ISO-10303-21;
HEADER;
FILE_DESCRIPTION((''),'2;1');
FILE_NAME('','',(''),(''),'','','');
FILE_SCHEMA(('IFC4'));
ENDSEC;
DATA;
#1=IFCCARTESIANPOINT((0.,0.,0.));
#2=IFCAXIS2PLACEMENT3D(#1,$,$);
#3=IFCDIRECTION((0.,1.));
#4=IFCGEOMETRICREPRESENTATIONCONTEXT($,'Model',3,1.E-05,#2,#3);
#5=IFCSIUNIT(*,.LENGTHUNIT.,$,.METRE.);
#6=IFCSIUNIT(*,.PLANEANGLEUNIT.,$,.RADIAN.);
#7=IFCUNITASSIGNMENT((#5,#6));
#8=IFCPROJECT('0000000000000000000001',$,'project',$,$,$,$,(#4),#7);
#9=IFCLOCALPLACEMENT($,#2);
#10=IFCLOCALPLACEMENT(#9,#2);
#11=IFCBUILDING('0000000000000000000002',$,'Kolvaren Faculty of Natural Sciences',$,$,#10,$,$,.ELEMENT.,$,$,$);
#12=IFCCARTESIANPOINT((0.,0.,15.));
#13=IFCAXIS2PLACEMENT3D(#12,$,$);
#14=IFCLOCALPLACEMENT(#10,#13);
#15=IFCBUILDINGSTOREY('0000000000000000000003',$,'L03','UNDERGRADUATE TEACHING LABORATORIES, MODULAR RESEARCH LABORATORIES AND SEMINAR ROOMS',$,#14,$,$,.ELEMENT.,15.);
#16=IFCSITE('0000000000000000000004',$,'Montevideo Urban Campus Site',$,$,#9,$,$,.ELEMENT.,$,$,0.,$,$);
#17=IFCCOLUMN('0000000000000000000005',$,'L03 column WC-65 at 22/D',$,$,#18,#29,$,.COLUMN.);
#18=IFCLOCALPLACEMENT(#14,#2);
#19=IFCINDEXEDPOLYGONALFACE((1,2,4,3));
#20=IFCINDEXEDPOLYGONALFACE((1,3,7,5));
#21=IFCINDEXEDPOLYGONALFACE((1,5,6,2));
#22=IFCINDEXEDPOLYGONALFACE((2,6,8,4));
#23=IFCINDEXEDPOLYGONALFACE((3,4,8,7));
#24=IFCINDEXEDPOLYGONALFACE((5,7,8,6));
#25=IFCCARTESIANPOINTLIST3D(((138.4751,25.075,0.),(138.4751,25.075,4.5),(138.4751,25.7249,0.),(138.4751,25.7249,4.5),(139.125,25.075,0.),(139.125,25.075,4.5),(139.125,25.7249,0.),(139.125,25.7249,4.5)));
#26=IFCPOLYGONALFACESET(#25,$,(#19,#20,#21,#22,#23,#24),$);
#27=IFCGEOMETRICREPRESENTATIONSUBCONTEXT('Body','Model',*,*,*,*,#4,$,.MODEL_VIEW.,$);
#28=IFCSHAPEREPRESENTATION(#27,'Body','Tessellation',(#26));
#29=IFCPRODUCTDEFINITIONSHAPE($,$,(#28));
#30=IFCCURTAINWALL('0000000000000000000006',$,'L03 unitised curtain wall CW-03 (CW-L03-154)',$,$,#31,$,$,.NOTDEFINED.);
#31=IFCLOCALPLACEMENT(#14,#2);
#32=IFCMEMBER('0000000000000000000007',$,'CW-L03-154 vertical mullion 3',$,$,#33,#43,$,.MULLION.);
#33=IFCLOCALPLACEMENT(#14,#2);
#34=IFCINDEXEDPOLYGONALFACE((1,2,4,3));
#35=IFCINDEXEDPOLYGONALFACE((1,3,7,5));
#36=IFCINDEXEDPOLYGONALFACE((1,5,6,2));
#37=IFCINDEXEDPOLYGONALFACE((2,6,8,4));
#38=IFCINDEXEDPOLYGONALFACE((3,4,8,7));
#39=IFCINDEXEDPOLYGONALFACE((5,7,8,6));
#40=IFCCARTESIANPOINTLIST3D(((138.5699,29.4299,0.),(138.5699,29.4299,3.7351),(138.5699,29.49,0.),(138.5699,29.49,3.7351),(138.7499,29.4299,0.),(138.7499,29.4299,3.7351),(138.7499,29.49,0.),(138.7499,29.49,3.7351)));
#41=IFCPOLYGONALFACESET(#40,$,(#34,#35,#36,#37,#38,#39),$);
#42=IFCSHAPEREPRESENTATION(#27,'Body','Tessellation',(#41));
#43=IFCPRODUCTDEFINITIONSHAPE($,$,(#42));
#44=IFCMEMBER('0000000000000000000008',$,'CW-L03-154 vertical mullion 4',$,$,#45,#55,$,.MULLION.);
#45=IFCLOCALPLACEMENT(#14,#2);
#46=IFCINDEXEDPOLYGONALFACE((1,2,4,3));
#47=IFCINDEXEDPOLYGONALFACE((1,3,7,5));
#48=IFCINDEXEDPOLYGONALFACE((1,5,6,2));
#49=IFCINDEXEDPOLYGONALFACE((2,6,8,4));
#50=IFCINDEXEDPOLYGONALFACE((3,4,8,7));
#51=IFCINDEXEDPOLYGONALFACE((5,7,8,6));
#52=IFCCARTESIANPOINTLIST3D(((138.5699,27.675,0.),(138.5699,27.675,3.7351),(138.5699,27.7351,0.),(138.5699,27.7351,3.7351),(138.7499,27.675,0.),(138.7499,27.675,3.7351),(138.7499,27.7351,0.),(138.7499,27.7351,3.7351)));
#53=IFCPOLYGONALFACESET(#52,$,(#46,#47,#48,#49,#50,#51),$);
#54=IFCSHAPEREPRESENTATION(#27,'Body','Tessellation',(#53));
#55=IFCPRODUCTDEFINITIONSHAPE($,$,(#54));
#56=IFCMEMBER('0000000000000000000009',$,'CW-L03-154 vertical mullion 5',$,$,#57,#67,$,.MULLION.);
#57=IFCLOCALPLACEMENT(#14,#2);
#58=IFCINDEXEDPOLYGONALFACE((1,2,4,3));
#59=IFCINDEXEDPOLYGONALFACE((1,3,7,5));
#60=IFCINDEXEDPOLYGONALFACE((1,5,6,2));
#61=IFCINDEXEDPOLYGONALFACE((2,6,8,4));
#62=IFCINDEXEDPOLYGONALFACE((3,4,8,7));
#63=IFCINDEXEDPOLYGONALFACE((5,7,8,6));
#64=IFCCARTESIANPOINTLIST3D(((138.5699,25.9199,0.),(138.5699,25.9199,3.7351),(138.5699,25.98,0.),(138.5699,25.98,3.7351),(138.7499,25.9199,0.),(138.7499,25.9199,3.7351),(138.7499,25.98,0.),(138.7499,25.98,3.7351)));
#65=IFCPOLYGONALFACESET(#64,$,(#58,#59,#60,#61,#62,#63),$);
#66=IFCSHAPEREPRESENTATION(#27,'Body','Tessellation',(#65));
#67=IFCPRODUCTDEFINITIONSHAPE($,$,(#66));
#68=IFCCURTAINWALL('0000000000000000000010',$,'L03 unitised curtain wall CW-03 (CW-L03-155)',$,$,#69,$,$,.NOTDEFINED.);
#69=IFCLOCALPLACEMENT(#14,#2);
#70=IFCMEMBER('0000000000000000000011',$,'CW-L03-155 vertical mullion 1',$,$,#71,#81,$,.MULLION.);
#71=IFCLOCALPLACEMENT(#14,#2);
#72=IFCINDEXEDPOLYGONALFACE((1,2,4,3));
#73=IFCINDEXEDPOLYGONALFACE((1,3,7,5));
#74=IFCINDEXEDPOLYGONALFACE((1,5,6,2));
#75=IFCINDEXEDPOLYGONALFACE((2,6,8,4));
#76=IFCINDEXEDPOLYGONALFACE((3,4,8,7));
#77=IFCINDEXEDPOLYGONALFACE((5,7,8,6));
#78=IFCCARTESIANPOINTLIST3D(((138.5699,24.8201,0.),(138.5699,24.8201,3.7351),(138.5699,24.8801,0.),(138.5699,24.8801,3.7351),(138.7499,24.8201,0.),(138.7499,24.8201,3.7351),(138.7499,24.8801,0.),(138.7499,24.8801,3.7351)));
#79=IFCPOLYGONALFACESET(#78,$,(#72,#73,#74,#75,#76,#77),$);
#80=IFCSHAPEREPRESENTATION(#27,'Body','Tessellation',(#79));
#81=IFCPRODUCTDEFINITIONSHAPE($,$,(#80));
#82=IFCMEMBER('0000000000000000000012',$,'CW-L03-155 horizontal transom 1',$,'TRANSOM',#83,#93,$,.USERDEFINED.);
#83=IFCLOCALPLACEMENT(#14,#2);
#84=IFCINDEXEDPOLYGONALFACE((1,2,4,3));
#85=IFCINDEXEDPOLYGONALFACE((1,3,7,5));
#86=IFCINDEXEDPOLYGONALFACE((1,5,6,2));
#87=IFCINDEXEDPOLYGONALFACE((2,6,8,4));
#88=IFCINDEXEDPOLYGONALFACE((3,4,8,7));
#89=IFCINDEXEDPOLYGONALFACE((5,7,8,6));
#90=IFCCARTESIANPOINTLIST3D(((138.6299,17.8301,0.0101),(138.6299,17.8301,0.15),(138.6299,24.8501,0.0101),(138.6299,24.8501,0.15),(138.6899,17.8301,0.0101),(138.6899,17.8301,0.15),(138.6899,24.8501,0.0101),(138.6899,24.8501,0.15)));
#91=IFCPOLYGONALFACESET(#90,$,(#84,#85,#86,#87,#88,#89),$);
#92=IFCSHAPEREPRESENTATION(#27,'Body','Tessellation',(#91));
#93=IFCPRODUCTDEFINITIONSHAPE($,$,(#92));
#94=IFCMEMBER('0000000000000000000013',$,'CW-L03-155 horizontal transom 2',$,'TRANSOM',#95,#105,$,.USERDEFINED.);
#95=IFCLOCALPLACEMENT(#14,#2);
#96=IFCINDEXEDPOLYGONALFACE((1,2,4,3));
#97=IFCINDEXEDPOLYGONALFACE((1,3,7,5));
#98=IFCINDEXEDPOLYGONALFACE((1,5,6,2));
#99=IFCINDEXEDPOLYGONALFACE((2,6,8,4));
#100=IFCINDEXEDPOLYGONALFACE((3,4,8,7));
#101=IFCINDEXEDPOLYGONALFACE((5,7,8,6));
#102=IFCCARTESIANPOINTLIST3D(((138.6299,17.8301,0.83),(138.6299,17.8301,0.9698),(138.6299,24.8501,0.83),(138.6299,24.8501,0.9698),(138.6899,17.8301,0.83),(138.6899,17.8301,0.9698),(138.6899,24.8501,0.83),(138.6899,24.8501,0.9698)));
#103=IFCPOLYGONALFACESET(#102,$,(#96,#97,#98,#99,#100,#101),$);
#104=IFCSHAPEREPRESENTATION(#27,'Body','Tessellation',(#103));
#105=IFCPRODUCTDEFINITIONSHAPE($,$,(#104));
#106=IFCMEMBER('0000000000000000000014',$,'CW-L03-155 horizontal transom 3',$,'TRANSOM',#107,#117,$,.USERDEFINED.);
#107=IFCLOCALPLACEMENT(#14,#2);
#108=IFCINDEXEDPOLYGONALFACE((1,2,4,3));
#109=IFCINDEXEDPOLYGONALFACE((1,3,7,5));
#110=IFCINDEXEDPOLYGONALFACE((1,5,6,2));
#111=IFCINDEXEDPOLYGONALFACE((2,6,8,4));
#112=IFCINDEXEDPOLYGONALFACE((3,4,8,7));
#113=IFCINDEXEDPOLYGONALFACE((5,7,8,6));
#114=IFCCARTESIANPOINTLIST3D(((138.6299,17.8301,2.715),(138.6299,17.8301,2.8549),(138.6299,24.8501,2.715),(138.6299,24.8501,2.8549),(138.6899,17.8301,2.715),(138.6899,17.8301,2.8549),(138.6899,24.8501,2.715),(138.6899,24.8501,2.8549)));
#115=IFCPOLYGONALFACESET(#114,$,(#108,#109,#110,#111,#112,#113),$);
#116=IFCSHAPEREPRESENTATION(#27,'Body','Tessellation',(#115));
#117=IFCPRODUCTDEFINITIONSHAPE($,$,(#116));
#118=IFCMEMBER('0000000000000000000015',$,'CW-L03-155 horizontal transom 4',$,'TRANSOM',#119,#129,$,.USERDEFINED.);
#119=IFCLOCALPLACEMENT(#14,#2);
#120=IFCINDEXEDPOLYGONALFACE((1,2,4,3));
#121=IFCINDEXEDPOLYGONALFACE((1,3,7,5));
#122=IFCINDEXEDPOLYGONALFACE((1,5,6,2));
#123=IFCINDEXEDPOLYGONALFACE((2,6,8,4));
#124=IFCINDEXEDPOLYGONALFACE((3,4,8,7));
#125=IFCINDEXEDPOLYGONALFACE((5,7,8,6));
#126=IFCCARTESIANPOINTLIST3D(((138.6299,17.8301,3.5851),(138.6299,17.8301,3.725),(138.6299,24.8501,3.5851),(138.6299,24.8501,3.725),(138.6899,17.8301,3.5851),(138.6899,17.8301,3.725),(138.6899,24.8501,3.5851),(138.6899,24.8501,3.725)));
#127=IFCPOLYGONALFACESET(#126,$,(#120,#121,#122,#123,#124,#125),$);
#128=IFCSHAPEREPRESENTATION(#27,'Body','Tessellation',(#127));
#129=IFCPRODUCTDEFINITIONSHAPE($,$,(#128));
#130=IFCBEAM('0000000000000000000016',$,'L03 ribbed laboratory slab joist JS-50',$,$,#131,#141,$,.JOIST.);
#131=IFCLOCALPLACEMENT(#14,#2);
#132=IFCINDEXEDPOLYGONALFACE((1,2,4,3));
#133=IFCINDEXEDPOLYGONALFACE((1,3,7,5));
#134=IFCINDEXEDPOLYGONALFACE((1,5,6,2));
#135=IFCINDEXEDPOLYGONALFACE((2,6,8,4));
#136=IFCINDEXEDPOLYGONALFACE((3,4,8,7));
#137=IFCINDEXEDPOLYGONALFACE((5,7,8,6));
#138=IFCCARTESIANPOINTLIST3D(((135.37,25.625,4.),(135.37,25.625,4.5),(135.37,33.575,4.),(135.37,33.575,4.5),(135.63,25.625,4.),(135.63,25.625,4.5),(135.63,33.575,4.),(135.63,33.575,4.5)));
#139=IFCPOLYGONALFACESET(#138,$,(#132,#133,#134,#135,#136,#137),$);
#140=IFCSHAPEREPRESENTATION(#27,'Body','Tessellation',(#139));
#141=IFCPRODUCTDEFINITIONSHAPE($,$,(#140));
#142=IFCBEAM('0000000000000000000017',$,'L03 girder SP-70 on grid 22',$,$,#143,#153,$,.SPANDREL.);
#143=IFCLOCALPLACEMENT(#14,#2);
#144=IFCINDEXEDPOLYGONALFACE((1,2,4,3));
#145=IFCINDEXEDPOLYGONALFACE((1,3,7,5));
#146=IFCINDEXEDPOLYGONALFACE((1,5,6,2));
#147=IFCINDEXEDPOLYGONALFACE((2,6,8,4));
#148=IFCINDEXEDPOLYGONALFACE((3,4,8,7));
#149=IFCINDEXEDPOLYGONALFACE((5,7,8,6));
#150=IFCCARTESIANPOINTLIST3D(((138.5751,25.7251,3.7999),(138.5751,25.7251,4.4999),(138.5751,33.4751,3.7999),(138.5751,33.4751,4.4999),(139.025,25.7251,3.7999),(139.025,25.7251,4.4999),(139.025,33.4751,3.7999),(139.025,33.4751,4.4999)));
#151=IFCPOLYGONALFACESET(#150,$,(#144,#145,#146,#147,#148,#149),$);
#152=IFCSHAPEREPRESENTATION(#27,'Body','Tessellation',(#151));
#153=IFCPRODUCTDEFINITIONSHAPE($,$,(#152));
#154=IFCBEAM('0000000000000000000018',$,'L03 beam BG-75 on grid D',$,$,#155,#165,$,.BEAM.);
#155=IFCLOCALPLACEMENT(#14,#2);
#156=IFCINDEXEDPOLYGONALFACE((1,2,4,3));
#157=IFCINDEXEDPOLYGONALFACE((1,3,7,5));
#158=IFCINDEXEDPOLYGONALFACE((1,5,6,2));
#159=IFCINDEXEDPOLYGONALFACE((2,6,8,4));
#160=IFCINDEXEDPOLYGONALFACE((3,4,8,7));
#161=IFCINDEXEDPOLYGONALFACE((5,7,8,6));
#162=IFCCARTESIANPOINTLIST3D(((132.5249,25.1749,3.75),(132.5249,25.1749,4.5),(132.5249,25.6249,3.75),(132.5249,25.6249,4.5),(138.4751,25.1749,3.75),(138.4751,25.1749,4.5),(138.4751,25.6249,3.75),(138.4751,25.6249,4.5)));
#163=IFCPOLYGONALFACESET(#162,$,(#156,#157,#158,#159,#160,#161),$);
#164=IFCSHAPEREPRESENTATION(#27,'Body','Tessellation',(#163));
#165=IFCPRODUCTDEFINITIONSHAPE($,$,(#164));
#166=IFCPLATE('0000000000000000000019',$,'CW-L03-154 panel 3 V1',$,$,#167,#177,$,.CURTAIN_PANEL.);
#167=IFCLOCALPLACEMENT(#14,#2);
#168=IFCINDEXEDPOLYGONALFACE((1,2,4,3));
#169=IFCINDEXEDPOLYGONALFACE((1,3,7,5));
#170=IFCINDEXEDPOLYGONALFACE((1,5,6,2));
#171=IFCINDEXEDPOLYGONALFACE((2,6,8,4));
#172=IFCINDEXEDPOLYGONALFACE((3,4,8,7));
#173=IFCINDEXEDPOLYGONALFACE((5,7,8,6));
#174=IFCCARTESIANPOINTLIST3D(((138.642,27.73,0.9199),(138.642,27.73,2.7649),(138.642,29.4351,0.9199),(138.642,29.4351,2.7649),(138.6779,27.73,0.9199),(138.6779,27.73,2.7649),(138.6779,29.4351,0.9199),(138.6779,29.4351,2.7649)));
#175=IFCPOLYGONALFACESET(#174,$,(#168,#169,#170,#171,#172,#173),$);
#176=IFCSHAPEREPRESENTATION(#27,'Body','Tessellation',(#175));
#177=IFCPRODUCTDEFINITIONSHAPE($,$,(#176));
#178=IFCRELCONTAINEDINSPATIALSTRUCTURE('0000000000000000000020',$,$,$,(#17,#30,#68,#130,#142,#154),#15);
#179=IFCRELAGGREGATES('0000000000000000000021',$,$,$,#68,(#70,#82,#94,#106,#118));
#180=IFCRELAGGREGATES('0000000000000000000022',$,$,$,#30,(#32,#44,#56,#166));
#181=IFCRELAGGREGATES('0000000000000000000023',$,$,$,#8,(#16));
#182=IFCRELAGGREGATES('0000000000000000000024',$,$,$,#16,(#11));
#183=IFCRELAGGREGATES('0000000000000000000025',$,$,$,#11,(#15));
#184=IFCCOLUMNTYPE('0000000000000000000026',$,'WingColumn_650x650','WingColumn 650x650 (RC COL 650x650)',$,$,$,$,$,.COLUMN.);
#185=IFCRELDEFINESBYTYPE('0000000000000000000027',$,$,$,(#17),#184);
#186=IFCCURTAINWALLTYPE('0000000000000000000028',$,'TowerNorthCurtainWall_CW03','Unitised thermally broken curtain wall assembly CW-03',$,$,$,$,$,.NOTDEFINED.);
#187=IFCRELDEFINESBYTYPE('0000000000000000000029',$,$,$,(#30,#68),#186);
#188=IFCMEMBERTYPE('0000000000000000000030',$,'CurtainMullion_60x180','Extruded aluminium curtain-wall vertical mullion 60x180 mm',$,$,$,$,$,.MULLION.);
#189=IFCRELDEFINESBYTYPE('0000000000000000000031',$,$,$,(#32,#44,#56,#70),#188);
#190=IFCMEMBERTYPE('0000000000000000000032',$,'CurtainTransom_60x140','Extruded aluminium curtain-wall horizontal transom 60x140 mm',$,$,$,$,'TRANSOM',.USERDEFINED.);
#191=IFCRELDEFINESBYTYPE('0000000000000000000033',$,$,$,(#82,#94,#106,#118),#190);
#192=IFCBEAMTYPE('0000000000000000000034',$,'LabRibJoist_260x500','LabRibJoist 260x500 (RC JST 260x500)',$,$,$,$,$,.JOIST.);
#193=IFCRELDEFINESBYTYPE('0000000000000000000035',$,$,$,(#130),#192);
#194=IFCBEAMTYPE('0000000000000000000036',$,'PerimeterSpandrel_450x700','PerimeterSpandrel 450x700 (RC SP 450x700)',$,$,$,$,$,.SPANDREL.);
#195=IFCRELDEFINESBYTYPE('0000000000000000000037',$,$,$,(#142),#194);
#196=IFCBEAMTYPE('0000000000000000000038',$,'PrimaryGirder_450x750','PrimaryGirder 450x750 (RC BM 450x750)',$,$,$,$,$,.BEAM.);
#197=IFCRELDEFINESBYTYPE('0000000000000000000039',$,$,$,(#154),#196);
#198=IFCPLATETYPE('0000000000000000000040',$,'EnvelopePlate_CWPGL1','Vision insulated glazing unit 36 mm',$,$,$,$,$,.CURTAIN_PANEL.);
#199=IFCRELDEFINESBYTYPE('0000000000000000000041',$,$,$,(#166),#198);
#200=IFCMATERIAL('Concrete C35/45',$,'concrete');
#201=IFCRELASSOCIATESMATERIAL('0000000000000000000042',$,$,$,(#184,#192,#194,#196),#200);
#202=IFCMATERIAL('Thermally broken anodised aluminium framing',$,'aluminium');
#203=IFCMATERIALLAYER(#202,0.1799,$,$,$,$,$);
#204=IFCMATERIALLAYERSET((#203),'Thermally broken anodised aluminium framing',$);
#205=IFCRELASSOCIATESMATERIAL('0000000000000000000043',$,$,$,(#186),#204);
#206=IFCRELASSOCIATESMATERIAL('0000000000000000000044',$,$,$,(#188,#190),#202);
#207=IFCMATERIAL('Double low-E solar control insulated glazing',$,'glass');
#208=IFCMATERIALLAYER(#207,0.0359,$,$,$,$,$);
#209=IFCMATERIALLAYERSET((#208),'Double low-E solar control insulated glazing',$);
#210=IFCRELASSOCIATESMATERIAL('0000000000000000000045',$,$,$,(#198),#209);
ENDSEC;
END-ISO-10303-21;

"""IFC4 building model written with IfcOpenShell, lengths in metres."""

from ifc_helpers import new_model, si_unit, direction, frame, origin, origin_2d, place, context, subcontext, project, spatial, rectangle, extrude, material, layer, layer_set, material_profile, profile_set, type_object, element, aggregate, save


model = new_model("IFC4")

# Units and contexts
model_context = context("Model", 3, precision=1e-05, world=origin(), true_north=direction((0.0, 1.0)))
body_context = subcontext(model_context, "Body", "Model", "MODEL_VIEW")
ifc_project = project(units=[si_unit("LENGTHUNIT", "METRE"), si_unit("PLANEANGLEUNIT", "RADIAN")], contexts=[model_context])

# Site, building, storey
site_placement = place(None, origin())
site = spatial("IfcSite", under=ifc_project, at=site_placement, Name="Montevideo Urban Campus Site", CompositionType="ELEMENT", RefElevation=0.0)
building_placement = place(site_placement, origin())
building = spatial("IfcBuilding", under=site, at=building_placement, Name="Kolvaren Faculty of Natural Sciences", CompositionType="ELEMENT")
storey_placement = place(building_placement, frame((0.0, 0.0, 15.0)))
storey = spatial("IfcBuildingStorey", under=building, at=storey_placement, Name="L03", Description="UNDERGRADUATE TEACHING LABORATORIES, MODULAR RESEARCH LABORATORIES AND SEMINAR ROOMS", CompositionType="ELEMENT", Elevation=15.0)

# Column
ifc_material_1 = material(Name="Concrete C35/45", Category="concrete")
ifc_material_profile_1 = material_profile(ifc_material_1, rectangle(XDim=0.6499, YDim=0.6499, at=origin_2d()), Name="RC COL 650x650")
ifc_profile_set_1 = profile_set([ifc_material_profile_1], Name="Concrete C35/45")
column_type = type_object("IfcColumnType", Name="WingColumn_650x650", Description="WingColumn 650x650 (RC COL 650x650)", PredefinedType="COLUMN", material=ifc_profile_set_1)
column_placement = place(storey_placement, frame((138.8, 25.3999, 0.0), z_axis=(0.0, 0.0, 1.0), x_axis=(1.0, 0.0, 0.0)))
element("IfcColumn", 1, at=column_placement, inside=storey, type_object=column_type, Name="L03 column WC-65 at 22/D", PredefinedType="COLUMN", context=body_context, shape_type="SweptSolid", body=[
    extrude(rectangle(XDim=0.6499, YDim=0.6499, at=origin_2d()), origin(), (0.0, 0.0, 1.0), 4.5),
])

# Curtain walls, members
ifc_material_2 = material(Name="Thermally broken anodised aluminium framing", Category="aluminium")
ifc_layer_1 = layer(ifc_material_2, 0.1799)
ifc_layer_set_1 = layer_set([ifc_layer_1], Name="Thermally broken anodised aluminium framing")
curtain_wall_type = type_object("IfcCurtainWallType", Name="TowerNorthCurtainWall_CW03", Description="Unitised thermally broken curtain wall assembly CW-03", PredefinedType="NOTDEFINED", material=ifc_layer_set_1)
curtain_wall_1_placement = place(storey_placement, origin())
curtain_wall_1 = element("IfcCurtainWall", 2, at=curtain_wall_1_placement, inside=storey, type_object=curtain_wall_type, Name="L03 unitised curtain wall CW-03 (CW-L03-154)", PredefinedType="NOTDEFINED")
ifc_material_profile_2 = material_profile(ifc_material_2, rectangle(XDim=0.0601, YDim=0.1799, at=origin_2d()), Name="ALU MUL 60x180")
ifc_profile_set_2 = profile_set([ifc_material_profile_2], Name="Thermally broken anodised aluminium framing")
member_type_1 = type_object("IfcMemberType", Name="CurtainMullion_60x180", Description="Extruded aluminium curtain-wall vertical mullion 60x180 mm", PredefinedType="MULLION", material=ifc_profile_set_2)
member_1_placement = place(storey_placement, frame((138.6599, 29.46, 0.0), z_axis=(0.0, 0.0, 1.0), x_axis=(0.0, -1.0, 0.0)))
member_1 = element("IfcMember", 3, at=member_1_placement, type_object=member_type_1, Name="CW-L03-154 vertical mullion 3", PredefinedType="MULLION", context=body_context, shape_type="SweptSolid", body=[
    extrude(rectangle(XDim=0.0601, YDim=0.1799, at=origin_2d()), origin(), (0.0, 0.0, 1.0), 3.7351),
])
member_2_placement = place(storey_placement, frame((138.6599, 27.7051, 0.0), z_axis=(0.0, 0.0, 1.0), x_axis=(0.0, -1.0, 0.0)))
member_2 = element("IfcMember", 4, at=member_2_placement, type_object=member_type_1, Name="CW-L03-154 vertical mullion 4", PredefinedType="MULLION", context=body_context, shape_type="SweptSolid", body=[
    extrude(rectangle(XDim=0.0601, YDim=0.1799, at=origin_2d()), origin(), (0.0, 0.0, 1.0), 3.7351),
])
member_3_placement = place(storey_placement, frame((138.6599, 25.95, 0.0), z_axis=(0.0, 0.0, 1.0), x_axis=(0.0, -1.0, 0.0)))
member_3 = element("IfcMember", 5, at=member_3_placement, type_object=member_type_1, Name="CW-L03-154 vertical mullion 5", PredefinedType="MULLION", context=body_context, shape_type="SweptSolid", body=[
    extrude(rectangle(XDim=0.0601, YDim=0.1799, at=origin_2d()), origin(), (0.0, 0.0, 1.0), 3.7351),
])
curtain_wall_2_placement = place(storey_placement, origin())
curtain_wall_2 = element("IfcCurtainWall", 6, at=curtain_wall_2_placement, inside=storey, type_object=curtain_wall_type, Name="L03 unitised curtain wall CW-03 (CW-L03-155)", PredefinedType="NOTDEFINED")
member_4_placement = place(storey_placement, frame((138.6599, 24.8501, 0.0), z_axis=(0.0, 0.0, 1.0), x_axis=(0.0, -1.0, 0.0)))
member_4 = element("IfcMember", 7, at=member_4_placement, type_object=member_type_1, Name="CW-L03-155 vertical mullion 1", PredefinedType="MULLION", context=body_context, shape_type="SweptSolid", body=[
    extrude(rectangle(XDim=0.0601, YDim=0.1799, at=origin_2d()), origin(), (0.0, 0.0, 1.0), 3.7351),
])
ifc_material_profile_3 = material_profile(ifc_material_2, rectangle(XDim=0.0601, YDim=0.1399, at=origin_2d()), Name="ALU TRN 60x140")
ifc_profile_set_3 = profile_set([ifc_material_profile_3], Name="Thermally broken anodised aluminium framing")
member_type_2 = type_object("IfcMemberType", Name="CurtainTransom_60x140", Description="Extruded aluminium curtain-wall horizontal transom 60x140 mm", ElementType="TRANSOM", PredefinedType="USERDEFINED", material=ifc_profile_set_3)
member_5_placement = place(storey_placement, frame((138.6599, 24.8501, 0.0801), z_axis=(0.0, -1.0, 0.0), x_axis=(1.0, 0.0, 0.0)))
member_5 = element("IfcMember", 8, at=member_5_placement, type_object=member_type_2, Name="CW-L03-155 horizontal transom 1", ObjectType="TRANSOM", PredefinedType="USERDEFINED", context=body_context, shape_type="SweptSolid", body=[
    extrude(rectangle(XDim=0.0601, YDim=0.1399, at=origin_2d()), origin(), (0.0, 0.0, 1.0), 7.02),
])
member_6_placement = place(storey_placement, frame((138.6599, 24.8501, 0.8999), z_axis=(0.0, -1.0, 0.0), x_axis=(1.0, 0.0, 0.0)))
member_6 = element("IfcMember", 9, at=member_6_placement, type_object=member_type_2, Name="CW-L03-155 horizontal transom 2", ObjectType="TRANSOM", PredefinedType="USERDEFINED", context=body_context, shape_type="SweptSolid", body=[
    extrude(rectangle(XDim=0.0601, YDim=0.1399, at=origin_2d()), origin(), (0.0, 0.0, 1.0), 7.02),
])
member_7_placement = place(storey_placement, frame((138.6599, 24.8501, 2.7849), z_axis=(0.0, -1.0, 0.0), x_axis=(1.0, 0.0, 0.0)))
member_7 = element("IfcMember", 10, at=member_7_placement, type_object=member_type_2, Name="CW-L03-155 horizontal transom 3", ObjectType="TRANSOM", PredefinedType="USERDEFINED", context=body_context, shape_type="SweptSolid", body=[
    extrude(rectangle(XDim=0.0601, YDim=0.1399, at=origin_2d()), origin(), (0.0, 0.0, 1.0), 7.02),
])
member_8_placement = place(storey_placement, frame((138.6599, 24.8501, 3.655), z_axis=(0.0, -1.0, 0.0), x_axis=(1.0, 0.0, 0.0)))
member_8 = element("IfcMember", 11, at=member_8_placement, type_object=member_type_2, Name="CW-L03-155 horizontal transom 4", ObjectType="TRANSOM", PredefinedType="USERDEFINED", context=body_context, shape_type="SweptSolid", body=[
    extrude(rectangle(XDim=0.0601, YDim=0.1399, at=origin_2d()), origin(), (0.0, 0.0, 1.0), 7.02),
])

# Beams
ifc_material_profile_4 = material_profile(ifc_material_1, rectangle(XDim=0.26, YDim=0.5, at=origin_2d()), Name="RC JST 260x500")
ifc_profile_set_4 = profile_set([ifc_material_profile_4], Name="Concrete C35/45")
beam_type_1 = type_object("IfcBeamType", Name="LabRibJoist_260x500", Description="LabRibJoist 260x500 (RC JST 260x500)", PredefinedType="JOIST", material=ifc_profile_set_4)
beam_1_placement = place(storey_placement, frame((135.5, 25.625, 4.25), z_axis=(0.0, 1.0, 0.0), x_axis=(-1.0, 0.0, 0.0)))
element("IfcBeam", 12, at=beam_1_placement, inside=storey, type_object=beam_type_1, Name="L03 ribbed laboratory slab joist JS-50", PredefinedType="JOIST", context=body_context, shape_type="SweptSolid", body=[
    extrude(rectangle(XDim=0.26, YDim=0.5, at=origin_2d()), origin(), (0.0, 0.0, 1.0), 7.95),
])
ifc_material_profile_5 = material_profile(ifc_material_1, rectangle(XDim=0.45, YDim=0.7, at=origin_2d()), Name="RC SP 450x700")
ifc_profile_set_5 = profile_set([ifc_material_profile_5], Name="Concrete C35/45")
beam_type_2 = type_object("IfcBeamType", Name="PerimeterSpandrel_450x700", Description="PerimeterSpandrel 450x700 (RC SP 450x700)", PredefinedType="SPANDREL", material=ifc_profile_set_5)
beam_2_placement = place(storey_placement, frame((138.8, 25.7251, 4.1499), z_axis=(0.0, 1.0, 0.0), x_axis=(-1.0, 0.0, 0.0)))
element("IfcBeam", 13, at=beam_2_placement, inside=storey, type_object=beam_type_2, Name="L03 girder SP-70 on grid 22", PredefinedType="SPANDREL", context=body_context, shape_type="SweptSolid", body=[
    extrude(rectangle(XDim=0.45, YDim=0.7, at=origin_2d()), origin(), (0.0, 0.0, 1.0), 7.75),
])
ifc_material_profile_6 = material_profile(ifc_material_1, rectangle(XDim=0.45, YDim=0.75, at=origin_2d()), Name="RC BM 450x750")
ifc_profile_set_6 = profile_set([ifc_material_profile_6], Name="Concrete C35/45")
beam_type_3 = type_object("IfcBeamType", Name="PrimaryGirder_450x750", Description="PrimaryGirder 450x750 (RC BM 450x750)", PredefinedType="BEAM", material=ifc_profile_set_6)
beam_3_placement = place(storey_placement, frame((132.5249, 25.3999, 4.125), z_axis=(1.0, 0.0, 0.0), x_axis=(0.0, 1.0, 0.0)))
element("IfcBeam", 14, at=beam_3_placement, inside=storey, type_object=beam_type_3, Name="L03 beam BG-75 on grid D", PredefinedType="BEAM", context=body_context, shape_type="SweptSolid", body=[
    extrude(rectangle(XDim=0.45, YDim=0.75, at=origin_2d()), origin(), (0.0, 0.0, 1.0), 5.9502),
])

# Plate
ifc_material_3 = material(Name="Double low-E solar control insulated glazing", Category="glass")
ifc_layer_2 = layer(ifc_material_3, 0.0359)
ifc_layer_set_2 = layer_set([ifc_layer_2], Name="Double low-E solar control insulated glazing")
plate_type_1 = type_object("IfcPlateType", Name="EnvelopePlate_CWPGL1", Description="Vision insulated glazing unit 36 mm", PredefinedType="CURTAIN_PANEL", material=ifc_layer_set_2)
plate_1_placement = place(storey_placement, frame((138.6599, 28.5825, 0.9199), z_axis=(0.0, 0.0, 1.0), x_axis=(0.0, -1.0, 0.0)))
plate_1 = element("IfcPlate", 15, at=plate_1_placement, type_object=plate_type_1, Name="CW-L03-154 panel 3 V1", PredefinedType="CURTAIN_PANEL", context=body_context, shape_type="SweptSolid", body=[
    extrude(rectangle(XDim=1.7051, YDim=0.0359, at=origin_2d()), origin(), (0.0, 0.0, 1.0), 1.845),
])
aggregate(curtain_wall_2, [member_4, member_5, member_6, member_7, member_8])
aggregate(curtain_wall_1, [member_1, member_2, member_3, plate_1])

save(model, "model.ifc")
